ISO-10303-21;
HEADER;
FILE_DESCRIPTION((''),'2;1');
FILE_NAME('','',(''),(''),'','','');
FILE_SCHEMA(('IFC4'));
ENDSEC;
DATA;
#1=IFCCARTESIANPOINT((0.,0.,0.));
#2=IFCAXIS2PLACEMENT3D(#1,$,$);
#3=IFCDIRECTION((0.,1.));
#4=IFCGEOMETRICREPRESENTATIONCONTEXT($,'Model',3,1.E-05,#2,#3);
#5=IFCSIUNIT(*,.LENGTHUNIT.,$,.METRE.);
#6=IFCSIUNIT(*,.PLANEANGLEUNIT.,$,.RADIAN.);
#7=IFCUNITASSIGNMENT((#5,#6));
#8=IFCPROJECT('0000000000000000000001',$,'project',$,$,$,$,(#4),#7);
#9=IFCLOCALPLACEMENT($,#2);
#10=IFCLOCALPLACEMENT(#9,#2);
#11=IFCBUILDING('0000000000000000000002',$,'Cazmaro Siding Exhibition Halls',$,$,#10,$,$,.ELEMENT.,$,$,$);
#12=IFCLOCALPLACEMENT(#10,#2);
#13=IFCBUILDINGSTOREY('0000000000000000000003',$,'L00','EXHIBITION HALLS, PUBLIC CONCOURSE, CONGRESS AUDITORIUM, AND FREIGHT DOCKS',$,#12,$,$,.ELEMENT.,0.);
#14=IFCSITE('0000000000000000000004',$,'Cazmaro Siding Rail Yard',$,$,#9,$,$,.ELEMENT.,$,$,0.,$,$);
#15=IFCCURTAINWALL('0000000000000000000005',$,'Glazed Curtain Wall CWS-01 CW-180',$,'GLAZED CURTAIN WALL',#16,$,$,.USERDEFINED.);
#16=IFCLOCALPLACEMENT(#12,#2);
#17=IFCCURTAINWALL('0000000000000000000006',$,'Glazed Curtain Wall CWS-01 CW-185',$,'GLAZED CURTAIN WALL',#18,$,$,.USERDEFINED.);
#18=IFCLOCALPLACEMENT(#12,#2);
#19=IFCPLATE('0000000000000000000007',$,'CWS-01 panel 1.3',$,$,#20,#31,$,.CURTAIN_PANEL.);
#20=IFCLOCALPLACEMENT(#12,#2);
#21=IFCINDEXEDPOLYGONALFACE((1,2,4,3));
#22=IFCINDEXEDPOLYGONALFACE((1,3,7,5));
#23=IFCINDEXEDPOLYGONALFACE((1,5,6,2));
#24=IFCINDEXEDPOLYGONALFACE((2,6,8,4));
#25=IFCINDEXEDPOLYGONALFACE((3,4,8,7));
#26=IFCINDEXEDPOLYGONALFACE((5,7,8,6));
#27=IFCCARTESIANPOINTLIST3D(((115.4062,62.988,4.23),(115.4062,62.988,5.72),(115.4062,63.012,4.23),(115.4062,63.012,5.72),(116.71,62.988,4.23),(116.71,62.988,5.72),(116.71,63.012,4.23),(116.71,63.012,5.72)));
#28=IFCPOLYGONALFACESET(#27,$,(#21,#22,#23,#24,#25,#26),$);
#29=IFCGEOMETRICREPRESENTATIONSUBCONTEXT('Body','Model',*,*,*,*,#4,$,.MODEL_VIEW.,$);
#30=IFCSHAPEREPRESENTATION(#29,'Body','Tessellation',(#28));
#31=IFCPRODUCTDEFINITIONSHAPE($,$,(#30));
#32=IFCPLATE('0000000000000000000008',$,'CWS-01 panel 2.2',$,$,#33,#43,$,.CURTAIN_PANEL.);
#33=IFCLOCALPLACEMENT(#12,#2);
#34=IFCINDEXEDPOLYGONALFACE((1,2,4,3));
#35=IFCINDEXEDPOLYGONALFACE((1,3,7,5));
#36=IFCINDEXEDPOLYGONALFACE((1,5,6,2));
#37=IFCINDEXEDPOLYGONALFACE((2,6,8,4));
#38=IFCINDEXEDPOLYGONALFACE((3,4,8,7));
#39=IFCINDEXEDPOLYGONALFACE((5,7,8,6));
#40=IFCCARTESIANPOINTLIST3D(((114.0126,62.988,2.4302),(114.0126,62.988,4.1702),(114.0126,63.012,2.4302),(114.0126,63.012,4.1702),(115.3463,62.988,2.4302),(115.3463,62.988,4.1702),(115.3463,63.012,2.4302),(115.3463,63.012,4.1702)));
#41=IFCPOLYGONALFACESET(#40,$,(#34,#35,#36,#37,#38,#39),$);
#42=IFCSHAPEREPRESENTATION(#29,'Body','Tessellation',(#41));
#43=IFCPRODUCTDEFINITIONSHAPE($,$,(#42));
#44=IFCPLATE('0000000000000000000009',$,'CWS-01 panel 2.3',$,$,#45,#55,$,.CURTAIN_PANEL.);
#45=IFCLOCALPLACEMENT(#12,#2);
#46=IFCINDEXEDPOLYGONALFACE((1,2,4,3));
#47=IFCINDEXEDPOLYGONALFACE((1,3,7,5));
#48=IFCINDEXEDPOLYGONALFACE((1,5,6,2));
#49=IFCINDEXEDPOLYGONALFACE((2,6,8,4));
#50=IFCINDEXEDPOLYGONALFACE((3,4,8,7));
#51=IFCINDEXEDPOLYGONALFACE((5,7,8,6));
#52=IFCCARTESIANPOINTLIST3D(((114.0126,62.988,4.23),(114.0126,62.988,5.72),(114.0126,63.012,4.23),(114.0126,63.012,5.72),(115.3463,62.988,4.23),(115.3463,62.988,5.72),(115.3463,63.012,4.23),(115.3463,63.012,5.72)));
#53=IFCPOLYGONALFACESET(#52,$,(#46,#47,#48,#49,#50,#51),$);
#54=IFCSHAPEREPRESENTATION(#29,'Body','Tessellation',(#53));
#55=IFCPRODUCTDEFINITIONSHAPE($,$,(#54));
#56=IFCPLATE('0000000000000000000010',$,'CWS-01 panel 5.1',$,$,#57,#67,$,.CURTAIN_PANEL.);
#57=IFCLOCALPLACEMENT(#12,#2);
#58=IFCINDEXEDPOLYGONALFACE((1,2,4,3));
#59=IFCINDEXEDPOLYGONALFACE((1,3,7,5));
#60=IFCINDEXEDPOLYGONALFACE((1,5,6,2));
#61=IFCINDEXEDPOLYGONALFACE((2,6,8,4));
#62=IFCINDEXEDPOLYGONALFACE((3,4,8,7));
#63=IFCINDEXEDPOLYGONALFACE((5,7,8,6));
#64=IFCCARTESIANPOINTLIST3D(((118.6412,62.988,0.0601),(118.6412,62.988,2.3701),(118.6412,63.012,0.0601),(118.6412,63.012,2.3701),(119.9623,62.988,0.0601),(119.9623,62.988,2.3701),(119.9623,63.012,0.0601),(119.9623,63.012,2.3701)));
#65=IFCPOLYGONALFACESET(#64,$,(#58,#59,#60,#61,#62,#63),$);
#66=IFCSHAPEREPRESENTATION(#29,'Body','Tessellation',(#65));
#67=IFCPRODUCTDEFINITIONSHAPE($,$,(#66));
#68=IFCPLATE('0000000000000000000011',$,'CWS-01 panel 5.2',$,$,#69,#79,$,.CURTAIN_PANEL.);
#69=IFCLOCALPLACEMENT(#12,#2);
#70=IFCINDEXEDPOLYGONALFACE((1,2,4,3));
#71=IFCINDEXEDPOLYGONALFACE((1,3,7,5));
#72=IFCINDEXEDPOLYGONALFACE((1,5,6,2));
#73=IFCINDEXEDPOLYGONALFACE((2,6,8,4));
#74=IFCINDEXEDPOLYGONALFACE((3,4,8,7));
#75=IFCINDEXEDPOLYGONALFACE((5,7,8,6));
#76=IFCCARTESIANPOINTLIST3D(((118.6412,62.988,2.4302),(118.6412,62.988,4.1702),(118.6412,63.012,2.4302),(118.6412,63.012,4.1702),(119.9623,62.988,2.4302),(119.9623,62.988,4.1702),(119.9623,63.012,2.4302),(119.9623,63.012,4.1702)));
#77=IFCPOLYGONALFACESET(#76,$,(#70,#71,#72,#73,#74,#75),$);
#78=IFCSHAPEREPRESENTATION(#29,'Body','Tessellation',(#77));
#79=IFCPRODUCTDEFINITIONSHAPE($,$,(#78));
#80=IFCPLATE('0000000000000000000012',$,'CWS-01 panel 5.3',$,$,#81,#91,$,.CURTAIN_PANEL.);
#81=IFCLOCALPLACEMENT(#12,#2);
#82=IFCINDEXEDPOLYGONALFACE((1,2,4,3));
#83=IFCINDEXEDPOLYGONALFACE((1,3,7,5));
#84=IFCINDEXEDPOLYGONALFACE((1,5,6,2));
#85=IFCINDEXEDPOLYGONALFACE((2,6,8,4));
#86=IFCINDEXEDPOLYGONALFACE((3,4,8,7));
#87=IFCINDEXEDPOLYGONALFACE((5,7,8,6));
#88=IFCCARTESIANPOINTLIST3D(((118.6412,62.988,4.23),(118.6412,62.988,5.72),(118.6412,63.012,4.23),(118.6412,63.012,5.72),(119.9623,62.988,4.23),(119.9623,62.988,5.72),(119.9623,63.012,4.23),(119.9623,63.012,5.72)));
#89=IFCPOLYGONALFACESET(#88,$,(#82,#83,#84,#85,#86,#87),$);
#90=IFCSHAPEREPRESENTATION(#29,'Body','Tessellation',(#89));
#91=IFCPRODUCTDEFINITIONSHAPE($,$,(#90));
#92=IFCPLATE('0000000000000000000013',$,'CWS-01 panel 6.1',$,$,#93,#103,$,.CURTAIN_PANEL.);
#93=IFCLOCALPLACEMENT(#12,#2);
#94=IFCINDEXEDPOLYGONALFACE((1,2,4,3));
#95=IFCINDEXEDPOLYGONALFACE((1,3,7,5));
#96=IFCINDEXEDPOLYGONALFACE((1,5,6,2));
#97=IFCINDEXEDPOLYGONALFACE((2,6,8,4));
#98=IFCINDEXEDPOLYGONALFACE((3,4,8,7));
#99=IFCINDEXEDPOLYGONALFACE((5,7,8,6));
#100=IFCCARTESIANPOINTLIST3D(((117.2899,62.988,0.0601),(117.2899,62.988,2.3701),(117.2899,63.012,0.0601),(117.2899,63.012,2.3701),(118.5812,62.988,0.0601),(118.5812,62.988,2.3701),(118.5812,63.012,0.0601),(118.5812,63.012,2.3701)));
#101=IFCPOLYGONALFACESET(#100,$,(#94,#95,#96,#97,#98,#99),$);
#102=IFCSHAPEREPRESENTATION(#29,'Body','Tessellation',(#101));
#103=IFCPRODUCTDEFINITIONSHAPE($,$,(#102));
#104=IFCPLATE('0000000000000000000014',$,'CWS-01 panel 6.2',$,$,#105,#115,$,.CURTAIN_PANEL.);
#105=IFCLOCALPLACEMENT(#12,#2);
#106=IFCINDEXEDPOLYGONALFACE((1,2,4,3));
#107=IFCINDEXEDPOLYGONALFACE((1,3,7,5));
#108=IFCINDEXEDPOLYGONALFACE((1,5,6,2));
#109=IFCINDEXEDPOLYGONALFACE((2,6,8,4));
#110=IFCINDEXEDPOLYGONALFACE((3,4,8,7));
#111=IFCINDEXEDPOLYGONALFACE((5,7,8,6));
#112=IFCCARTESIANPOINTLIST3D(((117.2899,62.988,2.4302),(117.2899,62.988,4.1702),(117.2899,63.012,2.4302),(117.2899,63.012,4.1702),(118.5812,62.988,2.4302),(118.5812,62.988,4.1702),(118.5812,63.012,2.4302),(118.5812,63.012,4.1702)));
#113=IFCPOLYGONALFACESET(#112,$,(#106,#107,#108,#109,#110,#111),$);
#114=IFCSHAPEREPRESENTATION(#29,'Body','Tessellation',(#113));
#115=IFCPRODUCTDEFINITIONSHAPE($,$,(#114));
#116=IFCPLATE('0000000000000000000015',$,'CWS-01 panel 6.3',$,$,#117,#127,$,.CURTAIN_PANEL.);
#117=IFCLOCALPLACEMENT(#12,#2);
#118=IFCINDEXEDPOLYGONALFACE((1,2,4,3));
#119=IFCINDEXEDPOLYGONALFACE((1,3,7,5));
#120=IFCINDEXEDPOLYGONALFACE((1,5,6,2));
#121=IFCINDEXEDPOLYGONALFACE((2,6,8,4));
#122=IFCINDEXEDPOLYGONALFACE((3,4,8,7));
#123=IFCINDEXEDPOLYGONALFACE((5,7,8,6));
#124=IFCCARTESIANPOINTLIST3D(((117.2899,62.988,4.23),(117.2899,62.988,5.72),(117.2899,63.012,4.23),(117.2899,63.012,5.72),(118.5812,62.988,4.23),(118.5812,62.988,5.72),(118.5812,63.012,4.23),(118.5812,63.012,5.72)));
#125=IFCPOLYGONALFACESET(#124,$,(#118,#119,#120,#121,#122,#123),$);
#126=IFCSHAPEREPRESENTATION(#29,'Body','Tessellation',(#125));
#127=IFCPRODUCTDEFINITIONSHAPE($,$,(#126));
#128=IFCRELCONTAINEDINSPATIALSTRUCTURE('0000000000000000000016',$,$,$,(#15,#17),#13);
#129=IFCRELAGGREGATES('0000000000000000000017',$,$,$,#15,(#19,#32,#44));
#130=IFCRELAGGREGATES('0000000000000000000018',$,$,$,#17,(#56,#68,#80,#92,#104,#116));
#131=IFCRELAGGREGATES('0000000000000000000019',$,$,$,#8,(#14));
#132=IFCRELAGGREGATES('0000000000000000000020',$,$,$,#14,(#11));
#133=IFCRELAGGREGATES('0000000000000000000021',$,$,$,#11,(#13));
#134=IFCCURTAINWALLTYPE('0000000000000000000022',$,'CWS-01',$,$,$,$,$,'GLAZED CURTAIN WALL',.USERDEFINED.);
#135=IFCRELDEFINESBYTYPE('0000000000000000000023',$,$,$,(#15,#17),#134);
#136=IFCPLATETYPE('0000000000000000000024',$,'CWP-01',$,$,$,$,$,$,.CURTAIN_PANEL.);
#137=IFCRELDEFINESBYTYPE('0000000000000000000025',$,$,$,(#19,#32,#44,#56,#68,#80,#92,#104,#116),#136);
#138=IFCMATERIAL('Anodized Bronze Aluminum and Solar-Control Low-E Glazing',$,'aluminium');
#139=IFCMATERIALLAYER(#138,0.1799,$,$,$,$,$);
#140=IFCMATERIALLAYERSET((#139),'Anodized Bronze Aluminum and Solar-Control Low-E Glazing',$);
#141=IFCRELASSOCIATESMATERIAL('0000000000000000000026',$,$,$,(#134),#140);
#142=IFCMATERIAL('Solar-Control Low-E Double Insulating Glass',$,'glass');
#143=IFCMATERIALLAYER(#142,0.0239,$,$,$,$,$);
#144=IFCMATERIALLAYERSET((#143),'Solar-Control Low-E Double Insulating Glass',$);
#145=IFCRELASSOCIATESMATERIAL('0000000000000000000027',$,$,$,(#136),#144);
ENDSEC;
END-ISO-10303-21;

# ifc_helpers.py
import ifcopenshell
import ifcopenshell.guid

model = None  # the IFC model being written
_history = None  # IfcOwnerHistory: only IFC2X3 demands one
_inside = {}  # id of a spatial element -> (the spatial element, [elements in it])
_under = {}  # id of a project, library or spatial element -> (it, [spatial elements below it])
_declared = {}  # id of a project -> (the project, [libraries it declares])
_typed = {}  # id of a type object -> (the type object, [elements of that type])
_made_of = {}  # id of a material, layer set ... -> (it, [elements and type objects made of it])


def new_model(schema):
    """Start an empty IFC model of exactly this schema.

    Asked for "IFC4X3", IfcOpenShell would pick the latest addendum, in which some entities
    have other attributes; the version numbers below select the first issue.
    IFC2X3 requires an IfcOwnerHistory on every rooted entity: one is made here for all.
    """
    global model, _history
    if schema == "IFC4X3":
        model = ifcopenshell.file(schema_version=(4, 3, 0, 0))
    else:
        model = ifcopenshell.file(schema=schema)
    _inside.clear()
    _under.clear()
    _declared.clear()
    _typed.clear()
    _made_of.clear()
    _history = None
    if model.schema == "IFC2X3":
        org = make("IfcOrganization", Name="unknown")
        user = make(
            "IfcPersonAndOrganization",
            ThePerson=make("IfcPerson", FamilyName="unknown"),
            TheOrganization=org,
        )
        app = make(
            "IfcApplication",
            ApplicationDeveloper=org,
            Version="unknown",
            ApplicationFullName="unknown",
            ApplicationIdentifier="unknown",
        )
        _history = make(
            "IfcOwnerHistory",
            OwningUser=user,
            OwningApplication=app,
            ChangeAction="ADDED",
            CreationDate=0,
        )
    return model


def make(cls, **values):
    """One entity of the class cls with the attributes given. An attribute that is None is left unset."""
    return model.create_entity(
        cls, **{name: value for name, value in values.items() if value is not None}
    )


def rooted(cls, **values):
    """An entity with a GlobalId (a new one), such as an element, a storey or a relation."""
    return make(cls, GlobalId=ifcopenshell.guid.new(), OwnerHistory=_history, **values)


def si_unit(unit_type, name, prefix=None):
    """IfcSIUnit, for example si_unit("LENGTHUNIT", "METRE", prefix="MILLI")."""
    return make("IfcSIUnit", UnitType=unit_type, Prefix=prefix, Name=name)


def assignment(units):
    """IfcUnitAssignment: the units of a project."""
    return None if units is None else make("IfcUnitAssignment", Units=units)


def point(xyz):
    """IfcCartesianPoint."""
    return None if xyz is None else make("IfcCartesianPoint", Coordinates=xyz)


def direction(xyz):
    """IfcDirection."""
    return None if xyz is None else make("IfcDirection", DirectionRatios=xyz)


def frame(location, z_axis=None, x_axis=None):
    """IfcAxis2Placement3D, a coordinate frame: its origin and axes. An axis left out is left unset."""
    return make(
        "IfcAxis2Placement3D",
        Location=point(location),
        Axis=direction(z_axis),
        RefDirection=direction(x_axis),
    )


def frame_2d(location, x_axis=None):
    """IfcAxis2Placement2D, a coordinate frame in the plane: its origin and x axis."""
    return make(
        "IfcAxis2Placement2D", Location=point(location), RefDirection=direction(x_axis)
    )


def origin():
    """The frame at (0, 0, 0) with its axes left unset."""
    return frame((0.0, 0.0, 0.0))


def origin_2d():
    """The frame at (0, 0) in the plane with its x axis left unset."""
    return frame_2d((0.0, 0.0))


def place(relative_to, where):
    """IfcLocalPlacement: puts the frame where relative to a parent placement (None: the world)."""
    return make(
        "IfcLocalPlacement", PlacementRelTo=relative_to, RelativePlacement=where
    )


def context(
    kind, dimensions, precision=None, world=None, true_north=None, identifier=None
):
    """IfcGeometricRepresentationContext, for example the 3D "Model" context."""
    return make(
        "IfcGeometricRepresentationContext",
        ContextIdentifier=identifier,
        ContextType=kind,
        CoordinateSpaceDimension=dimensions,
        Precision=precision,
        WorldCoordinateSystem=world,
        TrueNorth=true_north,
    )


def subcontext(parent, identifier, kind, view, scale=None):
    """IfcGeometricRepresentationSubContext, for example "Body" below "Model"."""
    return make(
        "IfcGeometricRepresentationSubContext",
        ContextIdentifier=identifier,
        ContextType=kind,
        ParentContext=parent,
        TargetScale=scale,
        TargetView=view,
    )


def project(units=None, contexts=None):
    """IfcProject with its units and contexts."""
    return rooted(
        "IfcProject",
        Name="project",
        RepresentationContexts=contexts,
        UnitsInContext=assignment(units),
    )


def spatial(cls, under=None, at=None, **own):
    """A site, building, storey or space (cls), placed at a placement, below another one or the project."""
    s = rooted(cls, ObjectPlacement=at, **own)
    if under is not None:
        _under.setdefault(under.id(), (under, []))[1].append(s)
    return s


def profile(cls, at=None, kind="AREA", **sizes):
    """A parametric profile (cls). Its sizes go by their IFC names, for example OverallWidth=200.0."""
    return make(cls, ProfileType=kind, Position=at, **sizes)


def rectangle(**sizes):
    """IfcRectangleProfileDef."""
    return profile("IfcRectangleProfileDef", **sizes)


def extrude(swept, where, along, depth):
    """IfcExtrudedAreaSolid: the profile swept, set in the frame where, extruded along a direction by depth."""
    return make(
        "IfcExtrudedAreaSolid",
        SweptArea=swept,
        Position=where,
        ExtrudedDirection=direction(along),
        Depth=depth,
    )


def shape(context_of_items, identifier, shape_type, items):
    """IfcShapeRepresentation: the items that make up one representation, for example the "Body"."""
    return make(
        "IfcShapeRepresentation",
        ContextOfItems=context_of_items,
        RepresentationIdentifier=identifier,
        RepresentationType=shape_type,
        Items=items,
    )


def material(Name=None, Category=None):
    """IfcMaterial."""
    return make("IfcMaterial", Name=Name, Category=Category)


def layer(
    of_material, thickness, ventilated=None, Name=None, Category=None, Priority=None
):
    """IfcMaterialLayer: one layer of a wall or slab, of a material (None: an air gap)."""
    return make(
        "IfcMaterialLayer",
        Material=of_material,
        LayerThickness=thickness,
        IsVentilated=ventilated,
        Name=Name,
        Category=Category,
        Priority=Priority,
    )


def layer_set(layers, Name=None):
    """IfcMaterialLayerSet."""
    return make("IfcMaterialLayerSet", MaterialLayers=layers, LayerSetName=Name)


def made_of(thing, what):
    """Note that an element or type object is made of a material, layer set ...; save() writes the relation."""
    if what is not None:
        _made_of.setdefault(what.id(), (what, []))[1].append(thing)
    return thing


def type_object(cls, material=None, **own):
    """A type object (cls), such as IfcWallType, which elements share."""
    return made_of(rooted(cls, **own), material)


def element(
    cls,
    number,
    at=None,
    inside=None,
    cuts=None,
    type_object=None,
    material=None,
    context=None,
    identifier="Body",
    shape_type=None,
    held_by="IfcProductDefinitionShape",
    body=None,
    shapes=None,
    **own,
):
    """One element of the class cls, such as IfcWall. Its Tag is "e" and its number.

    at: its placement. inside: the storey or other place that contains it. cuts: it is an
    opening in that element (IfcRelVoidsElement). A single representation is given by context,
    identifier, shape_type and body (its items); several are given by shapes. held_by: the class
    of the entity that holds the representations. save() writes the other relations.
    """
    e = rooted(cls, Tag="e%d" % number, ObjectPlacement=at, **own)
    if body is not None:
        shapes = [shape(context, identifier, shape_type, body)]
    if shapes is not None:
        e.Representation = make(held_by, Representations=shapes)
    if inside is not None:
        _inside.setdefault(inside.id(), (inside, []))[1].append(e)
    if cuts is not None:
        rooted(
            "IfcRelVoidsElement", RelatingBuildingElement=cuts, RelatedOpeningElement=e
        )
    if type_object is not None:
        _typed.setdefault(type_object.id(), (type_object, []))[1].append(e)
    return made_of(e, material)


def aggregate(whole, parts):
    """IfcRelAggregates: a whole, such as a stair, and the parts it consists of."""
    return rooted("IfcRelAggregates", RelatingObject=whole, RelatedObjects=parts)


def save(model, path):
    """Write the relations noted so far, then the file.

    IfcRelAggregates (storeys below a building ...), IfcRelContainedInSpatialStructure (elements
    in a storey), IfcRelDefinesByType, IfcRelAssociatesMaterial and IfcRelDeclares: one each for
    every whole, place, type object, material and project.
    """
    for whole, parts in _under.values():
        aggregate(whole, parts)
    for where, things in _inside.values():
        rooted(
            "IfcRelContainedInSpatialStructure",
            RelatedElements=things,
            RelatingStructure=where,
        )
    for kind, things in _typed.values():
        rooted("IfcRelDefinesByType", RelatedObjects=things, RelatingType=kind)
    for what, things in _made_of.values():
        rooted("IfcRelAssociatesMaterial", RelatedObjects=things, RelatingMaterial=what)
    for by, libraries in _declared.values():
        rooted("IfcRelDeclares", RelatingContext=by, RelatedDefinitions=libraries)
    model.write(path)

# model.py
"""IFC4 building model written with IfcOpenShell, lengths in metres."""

from ifc_helpers import new_model, si_unit, direction, frame, origin, origin_2d, place, context, subcontext, project, spatial, rectangle, extrude, material, layer, layer_set, type_object, element, aggregate, save


model = new_model("IFC4")

# Units and contexts
model_context = context("Model", 3, precision=1e-05, world=origin(), true_north=direction((0.0, 1.0)))
body_context = subcontext(model_context, "Body", "Model", "MODEL_VIEW")
ifc_project = project(units=[si_unit("LENGTHUNIT", "METRE"), si_unit("PLANEANGLEUNIT", "RADIAN")], contexts=[model_context])

# Site, building, storey
site_placement = place(None, origin())
site = spatial("IfcSite", under=ifc_project, at=site_placement, Name="Cazmaro Siding Rail Yard", CompositionType="ELEMENT", RefElevation=0.0)
building_placement = place(site_placement, origin())
building = spatial("IfcBuilding", under=site, at=building_placement, Name="Cazmaro Siding Exhibition Halls", CompositionType="ELEMENT")
storey_placement = place(building_placement, origin())
storey = spatial("IfcBuildingStorey", under=building, at=storey_placement, Name="L00", Description="EXHIBITION HALLS, PUBLIC CONCOURSE, CONGRESS AUDITORIUM, AND FREIGHT DOCKS", CompositionType="ELEMENT", Elevation=0.0)

# Shared definitions
ifc_material_1 = material(Name="Anodized Bronze Aluminum and Solar-Control Low-E Glazing", Category="aluminium")
ifc_layer_1 = layer(ifc_material_1, 0.1799)
ifc_layer_set_1 = layer_set([ifc_layer_1], Name="Anodized Bronze Aluminum and Solar-Control Low-E Glazing")
curtain_wall_type = type_object("IfcCurtainWallType", Name="CWS-01", ElementType="GLAZED CURTAIN WALL", PredefinedType="USERDEFINED", material=ifc_layer_set_1)

# Curtain walls
curtain_wall_1_placement = place(storey_placement, origin())
curtain_wall_1 = element("IfcCurtainWall", 1, at=curtain_wall_1_placement, inside=storey, type_object=curtain_wall_type, Name="Glazed Curtain Wall CWS-01 CW-180", ObjectType="GLAZED CURTAIN WALL", PredefinedType="USERDEFINED")
curtain_wall_2_placement = place(storey_placement, origin())
curtain_wall_2 = element("IfcCurtainWall", 2, at=curtain_wall_2_placement, inside=storey, type_object=curtain_wall_type, Name="Glazed Curtain Wall CWS-01 CW-185", ObjectType="GLAZED CURTAIN WALL", PredefinedType="USERDEFINED")

# Plates
ifc_material_2 = material(Name="Solar-Control Low-E Double Insulating Glass", Category="glass")
ifc_layer_2 = layer(ifc_material_2, 0.0239)
ifc_layer_set_2 = layer_set([ifc_layer_2], Name="Solar-Control Low-E Double Insulating Glass")
plate_type = type_object("IfcPlateType", Name="CWP-01", PredefinedType="CURTAIN_PANEL", material=ifc_layer_set_2)
plate_1_placement = place(storey_placement, frame((116.0581, 63.0, 4.23), z_axis=(0.0, 0.0, 1.0), x_axis=(-1.0, 0.0, 0.0)))
plate_1 = element("IfcPlate", 3, at=plate_1_placement, type_object=plate_type, Name="CWS-01 panel 1.3", PredefinedType="CURTAIN_PANEL", context=body_context, shape_type="SweptSolid", body=[
    extrude(rectangle(XDim=1.3037, YDim=0.0239, at=origin_2d()), origin(), (0.0, 0.0, 1.0), 1.49),
])
plate_2_placement = place(storey_placement, frame((114.6794, 63.0, 2.4302), z_axis=(0.0, 0.0, 1.0), x_axis=(-1.0, 0.0, 0.0)))
plate_2 = element("IfcPlate", 4, at=plate_2_placement, type_object=plate_type, Name="CWS-01 panel 2.2", PredefinedType="CURTAIN_PANEL", context=body_context, shape_type="SweptSolid", body=[
    extrude(rectangle(XDim=1.3337, YDim=0.0239, at=origin_2d()), origin(), (0.0, 0.0, 1.0), 1.74),
])
plate_3_placement = place(storey_placement, frame((114.6794, 63.0, 4.23), z_axis=(0.0, 0.0, 1.0), x_axis=(-1.0, 0.0, 0.0)))
plate_3 = element("IfcPlate", 5, at=plate_3_placement, type_object=plate_type, Name="CWS-01 panel 2.3", PredefinedType="CURTAIN_PANEL", context=body_context, shape_type="SweptSolid", body=[
    extrude(rectangle(XDim=1.3337, YDim=0.0239, at=origin_2d()), origin(), (0.0, 0.0, 1.0), 1.49),
])
aggregate(curtain_wall_1, [plate_1, plate_2, plate_3])
plate_4_placement = place(storey_placement, frame((119.3018, 63.0, 0.0601), z_axis=(0.0, 0.0, 1.0), x_axis=(-1.0, 0.0, 0.0)))
plate_4 = element("IfcPlate", 6, at=plate_4_placement, type_object=plate_type, Name="CWS-01 panel 5.1", PredefinedType="CURTAIN_PANEL", context=body_context, shape_type="SweptSolid", body=[
    extrude(rectangle(XDim=1.321, YDim=0.0239, at=origin_2d()), origin(), (0.0, 0.0, 1.0), 2.3101),
])
plate_5_placement = place(storey_placement, frame((119.3018, 63.0, 2.4302), z_axis=(0.0, 0.0, 1.0), x_axis=(-1.0, 0.0, 0.0)))
plate_5 = element("IfcPlate", 7, at=plate_5_placement, type_object=plate_type, Name="CWS-01 panel 5.2", PredefinedType="CURTAIN_PANEL", context=body_context, shape_type="SweptSolid", body=[
    extrude(rectangle(XDim=1.321, YDim=0.0239, at=origin_2d()), origin(), (0.0, 0.0, 1.0), 1.74),
])
plate_6_placement = place(storey_placement, frame((119.3018, 63.0, 4.23), z_axis=(0.0, 0.0, 1.0), x_axis=(-1.0, 0.0, 0.0)))
plate_6 = element("IfcPlate", 8, at=plate_6_placement, type_object=plate_type, Name="CWS-01 panel 5.3", PredefinedType="CURTAIN_PANEL", context=body_context, shape_type="SweptSolid", body=[
    extrude(rectangle(XDim=1.321, YDim=0.0239, at=origin_2d()), origin(), (0.0, 0.0, 1.0), 1.49),
])
plate_7_placement = place(storey_placement, frame((117.9355, 63.0, 0.0601), z_axis=(0.0, 0.0, 1.0), x_axis=(-1.0, 0.0, 0.0)))
plate_7 = element("IfcPlate", 9, at=plate_7_placement, type_object=plate_type, Name="CWS-01 panel 6.1", PredefinedType="CURTAIN_PANEL", context=body_context, shape_type="SweptSolid", body=[
    extrude(rectangle(XDim=1.2913, YDim=0.0239, at=origin_2d()), origin(), (0.0, 0.0, 1.0), 2.3101),
])
plate_8_placement = place(storey_placement, frame((117.9355, 63.0, 2.4302), z_axis=(0.0, 0.0, 1.0), x_axis=(-1.0, 0.0, 0.0)))
plate_8 = element("IfcPlate", 10, at=plate_8_placement, type_object=plate_type, Name="CWS-01 panel 6.2", PredefinedType="CURTAIN_PANEL", context=body_context, shape_type="SweptSolid", body=[
    extrude(rectangle(XDim=1.2913, YDim=0.0239, at=origin_2d()), origin(), (0.0, 0.0, 1.0), 1.74),
])
plate_9_placement = place(storey_placement, frame((117.9355, 63.0, 4.23), z_axis=(0.0, 0.0, 1.0), x_axis=(-1.0, 0.0, 0.0)))
plate_9 = element("IfcPlate", 11, at=plate_9_placement, type_object=plate_type, Name="CWS-01 panel 6.3", PredefinedType="CURTAIN_PANEL", context=body_context, shape_type="SweptSolid", body=[
    extrude(rectangle(XDim=1.2913, YDim=0.0239, at=origin_2d()), origin(), (0.0, 0.0, 1.0), 1.49),
])
aggregate(curtain_wall_2, [plate_4, plate_5, plate_6, plate_7, plate_8, plate_9])

save(model, "model.ifc")
